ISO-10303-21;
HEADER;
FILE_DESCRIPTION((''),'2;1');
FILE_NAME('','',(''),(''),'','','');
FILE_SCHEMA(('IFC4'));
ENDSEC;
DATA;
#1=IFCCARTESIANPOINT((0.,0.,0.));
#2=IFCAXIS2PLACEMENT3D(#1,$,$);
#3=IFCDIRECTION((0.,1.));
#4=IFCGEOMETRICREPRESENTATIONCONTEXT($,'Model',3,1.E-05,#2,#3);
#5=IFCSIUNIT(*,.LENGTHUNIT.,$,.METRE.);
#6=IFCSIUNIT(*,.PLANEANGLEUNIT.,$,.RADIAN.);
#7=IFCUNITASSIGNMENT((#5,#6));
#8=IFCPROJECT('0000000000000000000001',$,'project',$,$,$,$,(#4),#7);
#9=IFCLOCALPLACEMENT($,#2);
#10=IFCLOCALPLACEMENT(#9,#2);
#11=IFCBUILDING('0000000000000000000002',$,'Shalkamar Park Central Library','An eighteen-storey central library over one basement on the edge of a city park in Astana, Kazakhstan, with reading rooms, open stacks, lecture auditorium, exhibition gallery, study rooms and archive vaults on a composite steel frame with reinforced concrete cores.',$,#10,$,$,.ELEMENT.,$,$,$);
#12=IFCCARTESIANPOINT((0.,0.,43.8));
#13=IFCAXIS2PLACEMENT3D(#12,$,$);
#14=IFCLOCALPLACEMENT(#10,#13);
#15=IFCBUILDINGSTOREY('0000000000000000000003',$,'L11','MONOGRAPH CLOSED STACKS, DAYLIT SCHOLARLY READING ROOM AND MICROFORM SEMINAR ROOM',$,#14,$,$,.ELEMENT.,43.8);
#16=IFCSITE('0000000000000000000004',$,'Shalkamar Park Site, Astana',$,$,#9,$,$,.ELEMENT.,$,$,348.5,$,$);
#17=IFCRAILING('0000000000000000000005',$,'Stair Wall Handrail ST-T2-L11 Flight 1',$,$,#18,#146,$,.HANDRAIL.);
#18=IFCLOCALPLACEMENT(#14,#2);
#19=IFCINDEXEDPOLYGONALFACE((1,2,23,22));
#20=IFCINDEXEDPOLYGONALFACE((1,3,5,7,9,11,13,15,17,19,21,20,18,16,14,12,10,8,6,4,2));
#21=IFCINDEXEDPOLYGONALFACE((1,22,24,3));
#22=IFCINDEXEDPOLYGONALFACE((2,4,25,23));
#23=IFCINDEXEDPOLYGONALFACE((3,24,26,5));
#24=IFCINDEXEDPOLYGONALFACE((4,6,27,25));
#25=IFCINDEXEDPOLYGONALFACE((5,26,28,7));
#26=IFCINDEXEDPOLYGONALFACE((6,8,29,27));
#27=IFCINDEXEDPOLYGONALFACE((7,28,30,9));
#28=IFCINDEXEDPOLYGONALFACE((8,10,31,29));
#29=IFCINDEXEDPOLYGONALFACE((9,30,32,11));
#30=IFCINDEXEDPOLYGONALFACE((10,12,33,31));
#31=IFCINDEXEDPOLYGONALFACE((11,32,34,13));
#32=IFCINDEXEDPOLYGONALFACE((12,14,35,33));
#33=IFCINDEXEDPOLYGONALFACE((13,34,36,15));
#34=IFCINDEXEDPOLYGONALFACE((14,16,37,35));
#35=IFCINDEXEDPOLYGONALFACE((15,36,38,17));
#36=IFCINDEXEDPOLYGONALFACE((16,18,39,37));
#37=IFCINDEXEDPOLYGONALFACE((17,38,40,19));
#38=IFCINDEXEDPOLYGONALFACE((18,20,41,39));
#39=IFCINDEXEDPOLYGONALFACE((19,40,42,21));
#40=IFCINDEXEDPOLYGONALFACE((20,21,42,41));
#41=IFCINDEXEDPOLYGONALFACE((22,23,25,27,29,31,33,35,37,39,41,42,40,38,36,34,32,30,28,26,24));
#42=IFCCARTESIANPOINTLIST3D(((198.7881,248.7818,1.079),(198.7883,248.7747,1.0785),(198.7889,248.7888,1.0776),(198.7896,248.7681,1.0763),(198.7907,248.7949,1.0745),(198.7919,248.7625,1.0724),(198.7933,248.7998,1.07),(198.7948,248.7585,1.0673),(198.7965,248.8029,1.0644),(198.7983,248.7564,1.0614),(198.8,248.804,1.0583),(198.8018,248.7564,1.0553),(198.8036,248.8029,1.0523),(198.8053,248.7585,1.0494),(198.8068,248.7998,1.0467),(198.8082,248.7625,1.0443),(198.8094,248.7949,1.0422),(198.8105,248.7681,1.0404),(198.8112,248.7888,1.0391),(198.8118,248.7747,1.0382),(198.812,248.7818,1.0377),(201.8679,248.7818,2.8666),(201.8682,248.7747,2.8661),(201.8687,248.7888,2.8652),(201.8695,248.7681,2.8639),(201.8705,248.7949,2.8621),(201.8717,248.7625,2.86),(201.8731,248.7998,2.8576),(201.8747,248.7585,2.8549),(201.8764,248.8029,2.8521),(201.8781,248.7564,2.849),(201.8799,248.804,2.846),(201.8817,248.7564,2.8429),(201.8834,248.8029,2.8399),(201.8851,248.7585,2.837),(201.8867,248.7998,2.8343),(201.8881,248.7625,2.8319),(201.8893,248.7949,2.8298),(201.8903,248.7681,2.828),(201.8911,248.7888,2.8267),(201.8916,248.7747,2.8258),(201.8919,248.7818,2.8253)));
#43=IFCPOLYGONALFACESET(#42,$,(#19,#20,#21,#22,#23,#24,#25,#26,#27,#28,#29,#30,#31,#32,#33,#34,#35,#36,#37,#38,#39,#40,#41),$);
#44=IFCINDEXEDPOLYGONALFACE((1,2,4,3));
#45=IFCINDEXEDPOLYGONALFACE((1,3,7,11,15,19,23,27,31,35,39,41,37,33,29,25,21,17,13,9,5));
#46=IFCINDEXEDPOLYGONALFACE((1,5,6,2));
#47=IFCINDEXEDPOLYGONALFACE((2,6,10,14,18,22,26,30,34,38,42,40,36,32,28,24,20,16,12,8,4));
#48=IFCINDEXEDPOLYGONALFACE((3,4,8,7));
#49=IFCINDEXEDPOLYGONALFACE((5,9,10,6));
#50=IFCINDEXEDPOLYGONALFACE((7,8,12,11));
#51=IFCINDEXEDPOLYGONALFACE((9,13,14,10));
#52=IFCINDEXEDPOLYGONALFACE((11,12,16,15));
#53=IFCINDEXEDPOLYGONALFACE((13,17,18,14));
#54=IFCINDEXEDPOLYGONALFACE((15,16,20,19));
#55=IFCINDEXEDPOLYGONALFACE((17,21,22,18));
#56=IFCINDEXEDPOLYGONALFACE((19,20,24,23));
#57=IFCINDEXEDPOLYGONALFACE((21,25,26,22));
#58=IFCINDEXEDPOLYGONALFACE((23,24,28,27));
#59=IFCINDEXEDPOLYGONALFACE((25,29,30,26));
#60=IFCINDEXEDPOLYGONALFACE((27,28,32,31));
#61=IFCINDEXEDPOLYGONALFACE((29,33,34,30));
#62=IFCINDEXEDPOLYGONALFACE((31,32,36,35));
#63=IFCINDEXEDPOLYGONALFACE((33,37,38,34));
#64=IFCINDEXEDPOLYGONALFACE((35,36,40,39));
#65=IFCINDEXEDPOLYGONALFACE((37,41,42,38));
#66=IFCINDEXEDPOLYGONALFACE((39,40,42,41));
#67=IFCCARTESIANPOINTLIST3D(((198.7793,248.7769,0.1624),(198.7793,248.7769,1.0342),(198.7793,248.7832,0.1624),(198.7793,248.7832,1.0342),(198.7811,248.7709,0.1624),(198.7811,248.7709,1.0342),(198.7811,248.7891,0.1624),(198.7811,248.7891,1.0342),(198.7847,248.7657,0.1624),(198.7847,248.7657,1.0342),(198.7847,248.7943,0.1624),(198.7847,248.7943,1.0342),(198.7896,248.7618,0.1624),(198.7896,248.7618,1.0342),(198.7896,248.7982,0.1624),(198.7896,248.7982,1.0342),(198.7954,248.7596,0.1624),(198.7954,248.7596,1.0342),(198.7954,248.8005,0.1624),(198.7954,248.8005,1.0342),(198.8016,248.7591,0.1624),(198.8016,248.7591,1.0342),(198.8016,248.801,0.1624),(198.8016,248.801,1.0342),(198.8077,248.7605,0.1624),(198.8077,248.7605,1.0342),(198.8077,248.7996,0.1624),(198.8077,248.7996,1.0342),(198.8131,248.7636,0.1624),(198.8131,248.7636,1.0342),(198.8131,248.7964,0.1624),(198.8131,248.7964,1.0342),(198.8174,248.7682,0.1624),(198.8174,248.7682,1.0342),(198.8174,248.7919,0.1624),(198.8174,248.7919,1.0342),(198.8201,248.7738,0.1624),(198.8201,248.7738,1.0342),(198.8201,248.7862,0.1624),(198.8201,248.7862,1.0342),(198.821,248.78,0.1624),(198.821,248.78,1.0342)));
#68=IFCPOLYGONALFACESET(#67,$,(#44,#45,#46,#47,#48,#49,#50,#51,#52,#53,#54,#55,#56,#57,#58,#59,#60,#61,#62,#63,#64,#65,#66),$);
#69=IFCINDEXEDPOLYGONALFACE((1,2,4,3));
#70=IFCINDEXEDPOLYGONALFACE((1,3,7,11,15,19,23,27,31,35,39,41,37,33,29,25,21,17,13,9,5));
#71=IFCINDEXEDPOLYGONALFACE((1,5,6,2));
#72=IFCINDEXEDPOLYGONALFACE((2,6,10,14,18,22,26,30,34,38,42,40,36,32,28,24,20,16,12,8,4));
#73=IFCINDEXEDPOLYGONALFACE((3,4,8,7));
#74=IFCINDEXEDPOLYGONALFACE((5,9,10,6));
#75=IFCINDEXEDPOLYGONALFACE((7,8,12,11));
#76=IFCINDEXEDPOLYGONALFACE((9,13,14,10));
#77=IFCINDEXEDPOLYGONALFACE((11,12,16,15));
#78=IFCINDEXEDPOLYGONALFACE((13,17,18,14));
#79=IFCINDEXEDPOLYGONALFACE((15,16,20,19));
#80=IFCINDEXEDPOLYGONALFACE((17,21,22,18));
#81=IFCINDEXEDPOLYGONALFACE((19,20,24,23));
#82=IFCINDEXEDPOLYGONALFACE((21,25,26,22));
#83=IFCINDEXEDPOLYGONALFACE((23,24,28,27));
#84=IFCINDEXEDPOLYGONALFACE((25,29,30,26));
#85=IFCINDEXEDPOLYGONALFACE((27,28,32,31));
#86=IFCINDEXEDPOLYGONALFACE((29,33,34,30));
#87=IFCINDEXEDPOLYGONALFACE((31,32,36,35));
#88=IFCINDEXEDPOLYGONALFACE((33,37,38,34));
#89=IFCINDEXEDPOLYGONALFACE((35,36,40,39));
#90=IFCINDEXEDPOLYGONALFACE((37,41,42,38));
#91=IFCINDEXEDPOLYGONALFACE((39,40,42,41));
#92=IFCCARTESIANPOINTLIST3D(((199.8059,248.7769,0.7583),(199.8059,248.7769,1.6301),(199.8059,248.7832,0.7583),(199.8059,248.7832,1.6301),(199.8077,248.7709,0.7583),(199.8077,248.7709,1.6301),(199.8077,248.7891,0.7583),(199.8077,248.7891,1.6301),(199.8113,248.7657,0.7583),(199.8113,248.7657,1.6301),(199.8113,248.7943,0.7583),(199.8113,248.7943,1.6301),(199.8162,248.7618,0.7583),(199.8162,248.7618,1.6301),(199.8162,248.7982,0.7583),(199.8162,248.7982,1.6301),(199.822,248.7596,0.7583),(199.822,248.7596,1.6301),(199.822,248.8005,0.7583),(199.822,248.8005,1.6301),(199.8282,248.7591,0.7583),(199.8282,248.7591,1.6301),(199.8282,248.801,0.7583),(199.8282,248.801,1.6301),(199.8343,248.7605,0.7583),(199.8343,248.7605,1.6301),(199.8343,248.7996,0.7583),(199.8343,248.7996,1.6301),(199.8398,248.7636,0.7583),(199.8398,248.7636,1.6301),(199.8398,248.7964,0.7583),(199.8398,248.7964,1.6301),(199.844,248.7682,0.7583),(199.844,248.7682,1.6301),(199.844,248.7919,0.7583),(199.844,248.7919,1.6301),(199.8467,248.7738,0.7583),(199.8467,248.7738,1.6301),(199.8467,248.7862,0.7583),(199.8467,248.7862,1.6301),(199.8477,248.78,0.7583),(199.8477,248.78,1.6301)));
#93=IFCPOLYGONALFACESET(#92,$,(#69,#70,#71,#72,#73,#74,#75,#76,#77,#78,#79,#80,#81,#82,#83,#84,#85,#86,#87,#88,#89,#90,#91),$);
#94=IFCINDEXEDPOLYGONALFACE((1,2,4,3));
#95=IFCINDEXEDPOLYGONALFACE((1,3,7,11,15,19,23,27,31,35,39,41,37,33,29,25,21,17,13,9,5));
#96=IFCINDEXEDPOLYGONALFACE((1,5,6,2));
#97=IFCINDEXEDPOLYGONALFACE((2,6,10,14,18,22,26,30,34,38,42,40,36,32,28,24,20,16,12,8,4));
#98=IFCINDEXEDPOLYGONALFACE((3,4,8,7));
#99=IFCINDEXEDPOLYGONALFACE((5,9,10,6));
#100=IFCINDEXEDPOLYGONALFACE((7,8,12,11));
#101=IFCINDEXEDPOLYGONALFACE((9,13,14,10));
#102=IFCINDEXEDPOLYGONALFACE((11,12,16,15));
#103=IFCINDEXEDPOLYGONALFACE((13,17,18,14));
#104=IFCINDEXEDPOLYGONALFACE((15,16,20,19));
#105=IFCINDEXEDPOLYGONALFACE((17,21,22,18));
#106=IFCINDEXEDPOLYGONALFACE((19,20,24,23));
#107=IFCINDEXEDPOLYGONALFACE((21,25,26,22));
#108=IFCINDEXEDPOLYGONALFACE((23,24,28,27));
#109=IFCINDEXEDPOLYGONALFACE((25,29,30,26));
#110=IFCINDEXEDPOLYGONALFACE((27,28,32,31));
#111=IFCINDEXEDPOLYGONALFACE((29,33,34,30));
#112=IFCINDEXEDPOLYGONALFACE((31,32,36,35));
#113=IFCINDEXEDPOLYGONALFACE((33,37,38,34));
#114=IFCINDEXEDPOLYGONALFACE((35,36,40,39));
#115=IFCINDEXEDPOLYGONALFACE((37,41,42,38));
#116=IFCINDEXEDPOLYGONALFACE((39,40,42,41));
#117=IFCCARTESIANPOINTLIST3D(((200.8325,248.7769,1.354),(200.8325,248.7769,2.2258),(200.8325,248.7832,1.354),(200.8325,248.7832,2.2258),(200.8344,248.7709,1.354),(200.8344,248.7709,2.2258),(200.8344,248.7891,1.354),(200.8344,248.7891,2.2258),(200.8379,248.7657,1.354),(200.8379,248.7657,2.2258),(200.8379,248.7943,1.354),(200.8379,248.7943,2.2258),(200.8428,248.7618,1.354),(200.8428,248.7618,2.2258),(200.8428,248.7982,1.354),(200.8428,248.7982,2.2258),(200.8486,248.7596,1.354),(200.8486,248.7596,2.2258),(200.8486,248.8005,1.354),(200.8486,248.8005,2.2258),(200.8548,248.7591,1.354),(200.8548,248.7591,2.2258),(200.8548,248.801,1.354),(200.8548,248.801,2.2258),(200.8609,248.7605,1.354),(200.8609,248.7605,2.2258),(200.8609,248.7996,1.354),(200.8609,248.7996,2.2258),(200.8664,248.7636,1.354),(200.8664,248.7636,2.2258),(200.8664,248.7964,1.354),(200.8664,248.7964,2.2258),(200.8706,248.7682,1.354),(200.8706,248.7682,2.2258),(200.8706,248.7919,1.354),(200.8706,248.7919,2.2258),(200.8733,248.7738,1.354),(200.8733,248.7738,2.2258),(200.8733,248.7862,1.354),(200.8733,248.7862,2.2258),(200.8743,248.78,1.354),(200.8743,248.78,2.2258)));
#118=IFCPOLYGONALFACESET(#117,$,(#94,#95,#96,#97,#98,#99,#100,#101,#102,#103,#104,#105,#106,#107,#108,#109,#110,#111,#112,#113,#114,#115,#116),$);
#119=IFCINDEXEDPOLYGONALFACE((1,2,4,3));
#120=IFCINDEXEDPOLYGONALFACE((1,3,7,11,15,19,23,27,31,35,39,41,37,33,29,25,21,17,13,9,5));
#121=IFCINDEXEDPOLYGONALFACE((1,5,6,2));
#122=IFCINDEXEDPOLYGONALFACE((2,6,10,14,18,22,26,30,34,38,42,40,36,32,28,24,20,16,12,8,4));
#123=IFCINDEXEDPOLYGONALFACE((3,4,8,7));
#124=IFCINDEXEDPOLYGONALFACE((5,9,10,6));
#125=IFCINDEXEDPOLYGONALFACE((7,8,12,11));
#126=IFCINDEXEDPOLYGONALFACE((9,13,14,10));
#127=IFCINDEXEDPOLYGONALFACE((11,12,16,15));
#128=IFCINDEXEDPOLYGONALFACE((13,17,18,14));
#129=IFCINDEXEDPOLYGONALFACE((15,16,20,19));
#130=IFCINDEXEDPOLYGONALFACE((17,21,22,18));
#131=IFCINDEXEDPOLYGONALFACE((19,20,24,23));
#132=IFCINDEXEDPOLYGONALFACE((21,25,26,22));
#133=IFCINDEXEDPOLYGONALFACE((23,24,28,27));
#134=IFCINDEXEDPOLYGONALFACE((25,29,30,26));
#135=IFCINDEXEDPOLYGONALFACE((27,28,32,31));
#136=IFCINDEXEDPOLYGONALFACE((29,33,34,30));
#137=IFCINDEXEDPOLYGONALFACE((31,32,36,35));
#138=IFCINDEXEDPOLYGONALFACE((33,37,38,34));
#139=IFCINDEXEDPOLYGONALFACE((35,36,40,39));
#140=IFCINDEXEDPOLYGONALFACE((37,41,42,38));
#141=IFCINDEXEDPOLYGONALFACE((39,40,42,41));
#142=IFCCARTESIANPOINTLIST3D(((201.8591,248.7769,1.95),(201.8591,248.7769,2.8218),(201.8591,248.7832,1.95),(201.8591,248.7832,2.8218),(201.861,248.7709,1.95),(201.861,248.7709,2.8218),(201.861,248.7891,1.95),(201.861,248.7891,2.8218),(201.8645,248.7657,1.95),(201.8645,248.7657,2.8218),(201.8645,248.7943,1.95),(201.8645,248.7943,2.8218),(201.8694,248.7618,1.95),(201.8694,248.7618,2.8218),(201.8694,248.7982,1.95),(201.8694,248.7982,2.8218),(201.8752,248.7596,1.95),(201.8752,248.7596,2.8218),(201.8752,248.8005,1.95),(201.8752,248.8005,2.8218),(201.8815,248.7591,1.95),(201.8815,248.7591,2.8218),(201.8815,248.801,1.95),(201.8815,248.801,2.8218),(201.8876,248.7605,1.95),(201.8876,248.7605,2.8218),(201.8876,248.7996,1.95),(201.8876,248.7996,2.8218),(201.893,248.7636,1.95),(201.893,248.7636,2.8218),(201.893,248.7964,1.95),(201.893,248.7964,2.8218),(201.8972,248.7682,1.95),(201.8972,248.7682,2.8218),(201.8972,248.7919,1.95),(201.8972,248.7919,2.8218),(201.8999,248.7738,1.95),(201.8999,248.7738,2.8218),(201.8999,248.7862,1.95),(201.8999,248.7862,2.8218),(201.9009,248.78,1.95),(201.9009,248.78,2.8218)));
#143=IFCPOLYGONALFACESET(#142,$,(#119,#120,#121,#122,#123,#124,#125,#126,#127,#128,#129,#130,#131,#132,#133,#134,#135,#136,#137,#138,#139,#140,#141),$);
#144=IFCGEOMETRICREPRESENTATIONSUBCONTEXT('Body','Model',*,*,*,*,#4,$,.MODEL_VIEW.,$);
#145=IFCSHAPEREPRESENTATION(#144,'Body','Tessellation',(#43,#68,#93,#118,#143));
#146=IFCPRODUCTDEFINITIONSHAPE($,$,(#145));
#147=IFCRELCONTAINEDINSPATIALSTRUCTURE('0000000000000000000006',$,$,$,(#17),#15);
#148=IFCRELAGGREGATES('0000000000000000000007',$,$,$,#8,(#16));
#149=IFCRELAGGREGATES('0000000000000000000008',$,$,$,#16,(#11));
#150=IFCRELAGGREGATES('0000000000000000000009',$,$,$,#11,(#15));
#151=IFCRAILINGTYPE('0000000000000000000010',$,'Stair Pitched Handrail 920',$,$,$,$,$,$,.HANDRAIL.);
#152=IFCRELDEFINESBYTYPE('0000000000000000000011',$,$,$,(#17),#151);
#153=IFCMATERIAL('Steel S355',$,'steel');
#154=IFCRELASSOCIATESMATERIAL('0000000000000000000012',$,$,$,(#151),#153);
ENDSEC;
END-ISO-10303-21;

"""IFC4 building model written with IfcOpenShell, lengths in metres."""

from ifc_helpers import new_model, si_unit, direction, frame, origin, origin_2d, place, context, subcontext, project, spatial, circle, extrude, material, type_object, element, save


model = new_model("IFC4")

# Units and contexts
model_context = context("Model", 3, precision=1e-05, world=origin(), true_north=direction((0.0, 1.0)))
body_context = subcontext(model_context, "Body", "Model", "MODEL_VIEW")
ifc_project = project(units=[si_unit("LENGTHUNIT", "METRE"), si_unit("PLANEANGLEUNIT", "RADIAN")], contexts=[model_context])

# Site, building, storey
site_placement = place(None, origin())
site = spatial("IfcSite", under=ifc_project, at=site_placement, Name="Shalkamar Park Site, Astana", CompositionType="ELEMENT", RefElevation=348.5)
building_placement = place(site_placement, origin())
building = spatial("IfcBuilding", under=site, at=building_placement, Name="Shalkamar Park Central Library", Description="An eighteen-storey central library over one basement on the edge of a city park in Astana, Kazakhstan, with reading rooms, open stacks, lecture auditorium, exhibition gallery, study rooms and archive vaults on a composite steel frame with reinforced concrete cores.", CompositionType="ELEMENT")
storey_placement = place(building_placement, frame((0.0, 0.0, 43.8)))
storey = spatial("IfcBuildingStorey", under=building, at=storey_placement, Name="L11", Description="MONOGRAPH CLOSED STACKS, DAYLIT SCHOLARLY READING ROOM AND MICROFORM SEMINAR ROOM", CompositionType="ELEMENT", Elevation=43.8)

# Shared definitions
ifc_material_1 = material(Name="Steel S355", Category="steel")

# Railing
railing_type_1 = type_object("IfcRailingType", Name="Stair Pitched Handrail 920", PredefinedType="HANDRAIL", material=ifc_material_1)
railing_1_placement = place(storey_placement, frame((198.8, 248.78, 0.1624)))
element("IfcRailing", 1, at=railing_1_placement, inside=storey, type_object=railing_type_1, Name="Stair Wall Handrail ST-T2-L11 Flight 1", PredefinedType="HANDRAIL", context=body_context, shape_type="SweptSolid", body=[
    extrude(circle(Radius=0.0239, at=origin_2d()), frame((0.0, 0.0, 0.896), z_axis=(0.864873, 0.0, 0.50199), x_axis=(0.0, 1.0, 0.0)), (0.0, 0.0, 1.0), 3.561),
    extrude(circle(Radius=0.021, at=origin_2d()), origin(), (0.0, 0.0, 1.0), 0.8718),
    extrude(circle(Radius=0.021, at=origin_2d()), frame((1.0266, 0.0, 0.5959)), (0.0, 0.0, 1.0), 0.8718),
    extrude(circle(Radius=0.021, at=origin_2d()), frame((2.0532, 0.0, 1.1917)), (0.0, 0.0, 1.0), 0.8718),
    extrude(circle(Radius=0.021, at=origin_2d()), frame((3.0798, 0.0, 1.7876)), (0.0, 0.0, 1.0), 0.8718),
])

save(model, "model.ifc")
